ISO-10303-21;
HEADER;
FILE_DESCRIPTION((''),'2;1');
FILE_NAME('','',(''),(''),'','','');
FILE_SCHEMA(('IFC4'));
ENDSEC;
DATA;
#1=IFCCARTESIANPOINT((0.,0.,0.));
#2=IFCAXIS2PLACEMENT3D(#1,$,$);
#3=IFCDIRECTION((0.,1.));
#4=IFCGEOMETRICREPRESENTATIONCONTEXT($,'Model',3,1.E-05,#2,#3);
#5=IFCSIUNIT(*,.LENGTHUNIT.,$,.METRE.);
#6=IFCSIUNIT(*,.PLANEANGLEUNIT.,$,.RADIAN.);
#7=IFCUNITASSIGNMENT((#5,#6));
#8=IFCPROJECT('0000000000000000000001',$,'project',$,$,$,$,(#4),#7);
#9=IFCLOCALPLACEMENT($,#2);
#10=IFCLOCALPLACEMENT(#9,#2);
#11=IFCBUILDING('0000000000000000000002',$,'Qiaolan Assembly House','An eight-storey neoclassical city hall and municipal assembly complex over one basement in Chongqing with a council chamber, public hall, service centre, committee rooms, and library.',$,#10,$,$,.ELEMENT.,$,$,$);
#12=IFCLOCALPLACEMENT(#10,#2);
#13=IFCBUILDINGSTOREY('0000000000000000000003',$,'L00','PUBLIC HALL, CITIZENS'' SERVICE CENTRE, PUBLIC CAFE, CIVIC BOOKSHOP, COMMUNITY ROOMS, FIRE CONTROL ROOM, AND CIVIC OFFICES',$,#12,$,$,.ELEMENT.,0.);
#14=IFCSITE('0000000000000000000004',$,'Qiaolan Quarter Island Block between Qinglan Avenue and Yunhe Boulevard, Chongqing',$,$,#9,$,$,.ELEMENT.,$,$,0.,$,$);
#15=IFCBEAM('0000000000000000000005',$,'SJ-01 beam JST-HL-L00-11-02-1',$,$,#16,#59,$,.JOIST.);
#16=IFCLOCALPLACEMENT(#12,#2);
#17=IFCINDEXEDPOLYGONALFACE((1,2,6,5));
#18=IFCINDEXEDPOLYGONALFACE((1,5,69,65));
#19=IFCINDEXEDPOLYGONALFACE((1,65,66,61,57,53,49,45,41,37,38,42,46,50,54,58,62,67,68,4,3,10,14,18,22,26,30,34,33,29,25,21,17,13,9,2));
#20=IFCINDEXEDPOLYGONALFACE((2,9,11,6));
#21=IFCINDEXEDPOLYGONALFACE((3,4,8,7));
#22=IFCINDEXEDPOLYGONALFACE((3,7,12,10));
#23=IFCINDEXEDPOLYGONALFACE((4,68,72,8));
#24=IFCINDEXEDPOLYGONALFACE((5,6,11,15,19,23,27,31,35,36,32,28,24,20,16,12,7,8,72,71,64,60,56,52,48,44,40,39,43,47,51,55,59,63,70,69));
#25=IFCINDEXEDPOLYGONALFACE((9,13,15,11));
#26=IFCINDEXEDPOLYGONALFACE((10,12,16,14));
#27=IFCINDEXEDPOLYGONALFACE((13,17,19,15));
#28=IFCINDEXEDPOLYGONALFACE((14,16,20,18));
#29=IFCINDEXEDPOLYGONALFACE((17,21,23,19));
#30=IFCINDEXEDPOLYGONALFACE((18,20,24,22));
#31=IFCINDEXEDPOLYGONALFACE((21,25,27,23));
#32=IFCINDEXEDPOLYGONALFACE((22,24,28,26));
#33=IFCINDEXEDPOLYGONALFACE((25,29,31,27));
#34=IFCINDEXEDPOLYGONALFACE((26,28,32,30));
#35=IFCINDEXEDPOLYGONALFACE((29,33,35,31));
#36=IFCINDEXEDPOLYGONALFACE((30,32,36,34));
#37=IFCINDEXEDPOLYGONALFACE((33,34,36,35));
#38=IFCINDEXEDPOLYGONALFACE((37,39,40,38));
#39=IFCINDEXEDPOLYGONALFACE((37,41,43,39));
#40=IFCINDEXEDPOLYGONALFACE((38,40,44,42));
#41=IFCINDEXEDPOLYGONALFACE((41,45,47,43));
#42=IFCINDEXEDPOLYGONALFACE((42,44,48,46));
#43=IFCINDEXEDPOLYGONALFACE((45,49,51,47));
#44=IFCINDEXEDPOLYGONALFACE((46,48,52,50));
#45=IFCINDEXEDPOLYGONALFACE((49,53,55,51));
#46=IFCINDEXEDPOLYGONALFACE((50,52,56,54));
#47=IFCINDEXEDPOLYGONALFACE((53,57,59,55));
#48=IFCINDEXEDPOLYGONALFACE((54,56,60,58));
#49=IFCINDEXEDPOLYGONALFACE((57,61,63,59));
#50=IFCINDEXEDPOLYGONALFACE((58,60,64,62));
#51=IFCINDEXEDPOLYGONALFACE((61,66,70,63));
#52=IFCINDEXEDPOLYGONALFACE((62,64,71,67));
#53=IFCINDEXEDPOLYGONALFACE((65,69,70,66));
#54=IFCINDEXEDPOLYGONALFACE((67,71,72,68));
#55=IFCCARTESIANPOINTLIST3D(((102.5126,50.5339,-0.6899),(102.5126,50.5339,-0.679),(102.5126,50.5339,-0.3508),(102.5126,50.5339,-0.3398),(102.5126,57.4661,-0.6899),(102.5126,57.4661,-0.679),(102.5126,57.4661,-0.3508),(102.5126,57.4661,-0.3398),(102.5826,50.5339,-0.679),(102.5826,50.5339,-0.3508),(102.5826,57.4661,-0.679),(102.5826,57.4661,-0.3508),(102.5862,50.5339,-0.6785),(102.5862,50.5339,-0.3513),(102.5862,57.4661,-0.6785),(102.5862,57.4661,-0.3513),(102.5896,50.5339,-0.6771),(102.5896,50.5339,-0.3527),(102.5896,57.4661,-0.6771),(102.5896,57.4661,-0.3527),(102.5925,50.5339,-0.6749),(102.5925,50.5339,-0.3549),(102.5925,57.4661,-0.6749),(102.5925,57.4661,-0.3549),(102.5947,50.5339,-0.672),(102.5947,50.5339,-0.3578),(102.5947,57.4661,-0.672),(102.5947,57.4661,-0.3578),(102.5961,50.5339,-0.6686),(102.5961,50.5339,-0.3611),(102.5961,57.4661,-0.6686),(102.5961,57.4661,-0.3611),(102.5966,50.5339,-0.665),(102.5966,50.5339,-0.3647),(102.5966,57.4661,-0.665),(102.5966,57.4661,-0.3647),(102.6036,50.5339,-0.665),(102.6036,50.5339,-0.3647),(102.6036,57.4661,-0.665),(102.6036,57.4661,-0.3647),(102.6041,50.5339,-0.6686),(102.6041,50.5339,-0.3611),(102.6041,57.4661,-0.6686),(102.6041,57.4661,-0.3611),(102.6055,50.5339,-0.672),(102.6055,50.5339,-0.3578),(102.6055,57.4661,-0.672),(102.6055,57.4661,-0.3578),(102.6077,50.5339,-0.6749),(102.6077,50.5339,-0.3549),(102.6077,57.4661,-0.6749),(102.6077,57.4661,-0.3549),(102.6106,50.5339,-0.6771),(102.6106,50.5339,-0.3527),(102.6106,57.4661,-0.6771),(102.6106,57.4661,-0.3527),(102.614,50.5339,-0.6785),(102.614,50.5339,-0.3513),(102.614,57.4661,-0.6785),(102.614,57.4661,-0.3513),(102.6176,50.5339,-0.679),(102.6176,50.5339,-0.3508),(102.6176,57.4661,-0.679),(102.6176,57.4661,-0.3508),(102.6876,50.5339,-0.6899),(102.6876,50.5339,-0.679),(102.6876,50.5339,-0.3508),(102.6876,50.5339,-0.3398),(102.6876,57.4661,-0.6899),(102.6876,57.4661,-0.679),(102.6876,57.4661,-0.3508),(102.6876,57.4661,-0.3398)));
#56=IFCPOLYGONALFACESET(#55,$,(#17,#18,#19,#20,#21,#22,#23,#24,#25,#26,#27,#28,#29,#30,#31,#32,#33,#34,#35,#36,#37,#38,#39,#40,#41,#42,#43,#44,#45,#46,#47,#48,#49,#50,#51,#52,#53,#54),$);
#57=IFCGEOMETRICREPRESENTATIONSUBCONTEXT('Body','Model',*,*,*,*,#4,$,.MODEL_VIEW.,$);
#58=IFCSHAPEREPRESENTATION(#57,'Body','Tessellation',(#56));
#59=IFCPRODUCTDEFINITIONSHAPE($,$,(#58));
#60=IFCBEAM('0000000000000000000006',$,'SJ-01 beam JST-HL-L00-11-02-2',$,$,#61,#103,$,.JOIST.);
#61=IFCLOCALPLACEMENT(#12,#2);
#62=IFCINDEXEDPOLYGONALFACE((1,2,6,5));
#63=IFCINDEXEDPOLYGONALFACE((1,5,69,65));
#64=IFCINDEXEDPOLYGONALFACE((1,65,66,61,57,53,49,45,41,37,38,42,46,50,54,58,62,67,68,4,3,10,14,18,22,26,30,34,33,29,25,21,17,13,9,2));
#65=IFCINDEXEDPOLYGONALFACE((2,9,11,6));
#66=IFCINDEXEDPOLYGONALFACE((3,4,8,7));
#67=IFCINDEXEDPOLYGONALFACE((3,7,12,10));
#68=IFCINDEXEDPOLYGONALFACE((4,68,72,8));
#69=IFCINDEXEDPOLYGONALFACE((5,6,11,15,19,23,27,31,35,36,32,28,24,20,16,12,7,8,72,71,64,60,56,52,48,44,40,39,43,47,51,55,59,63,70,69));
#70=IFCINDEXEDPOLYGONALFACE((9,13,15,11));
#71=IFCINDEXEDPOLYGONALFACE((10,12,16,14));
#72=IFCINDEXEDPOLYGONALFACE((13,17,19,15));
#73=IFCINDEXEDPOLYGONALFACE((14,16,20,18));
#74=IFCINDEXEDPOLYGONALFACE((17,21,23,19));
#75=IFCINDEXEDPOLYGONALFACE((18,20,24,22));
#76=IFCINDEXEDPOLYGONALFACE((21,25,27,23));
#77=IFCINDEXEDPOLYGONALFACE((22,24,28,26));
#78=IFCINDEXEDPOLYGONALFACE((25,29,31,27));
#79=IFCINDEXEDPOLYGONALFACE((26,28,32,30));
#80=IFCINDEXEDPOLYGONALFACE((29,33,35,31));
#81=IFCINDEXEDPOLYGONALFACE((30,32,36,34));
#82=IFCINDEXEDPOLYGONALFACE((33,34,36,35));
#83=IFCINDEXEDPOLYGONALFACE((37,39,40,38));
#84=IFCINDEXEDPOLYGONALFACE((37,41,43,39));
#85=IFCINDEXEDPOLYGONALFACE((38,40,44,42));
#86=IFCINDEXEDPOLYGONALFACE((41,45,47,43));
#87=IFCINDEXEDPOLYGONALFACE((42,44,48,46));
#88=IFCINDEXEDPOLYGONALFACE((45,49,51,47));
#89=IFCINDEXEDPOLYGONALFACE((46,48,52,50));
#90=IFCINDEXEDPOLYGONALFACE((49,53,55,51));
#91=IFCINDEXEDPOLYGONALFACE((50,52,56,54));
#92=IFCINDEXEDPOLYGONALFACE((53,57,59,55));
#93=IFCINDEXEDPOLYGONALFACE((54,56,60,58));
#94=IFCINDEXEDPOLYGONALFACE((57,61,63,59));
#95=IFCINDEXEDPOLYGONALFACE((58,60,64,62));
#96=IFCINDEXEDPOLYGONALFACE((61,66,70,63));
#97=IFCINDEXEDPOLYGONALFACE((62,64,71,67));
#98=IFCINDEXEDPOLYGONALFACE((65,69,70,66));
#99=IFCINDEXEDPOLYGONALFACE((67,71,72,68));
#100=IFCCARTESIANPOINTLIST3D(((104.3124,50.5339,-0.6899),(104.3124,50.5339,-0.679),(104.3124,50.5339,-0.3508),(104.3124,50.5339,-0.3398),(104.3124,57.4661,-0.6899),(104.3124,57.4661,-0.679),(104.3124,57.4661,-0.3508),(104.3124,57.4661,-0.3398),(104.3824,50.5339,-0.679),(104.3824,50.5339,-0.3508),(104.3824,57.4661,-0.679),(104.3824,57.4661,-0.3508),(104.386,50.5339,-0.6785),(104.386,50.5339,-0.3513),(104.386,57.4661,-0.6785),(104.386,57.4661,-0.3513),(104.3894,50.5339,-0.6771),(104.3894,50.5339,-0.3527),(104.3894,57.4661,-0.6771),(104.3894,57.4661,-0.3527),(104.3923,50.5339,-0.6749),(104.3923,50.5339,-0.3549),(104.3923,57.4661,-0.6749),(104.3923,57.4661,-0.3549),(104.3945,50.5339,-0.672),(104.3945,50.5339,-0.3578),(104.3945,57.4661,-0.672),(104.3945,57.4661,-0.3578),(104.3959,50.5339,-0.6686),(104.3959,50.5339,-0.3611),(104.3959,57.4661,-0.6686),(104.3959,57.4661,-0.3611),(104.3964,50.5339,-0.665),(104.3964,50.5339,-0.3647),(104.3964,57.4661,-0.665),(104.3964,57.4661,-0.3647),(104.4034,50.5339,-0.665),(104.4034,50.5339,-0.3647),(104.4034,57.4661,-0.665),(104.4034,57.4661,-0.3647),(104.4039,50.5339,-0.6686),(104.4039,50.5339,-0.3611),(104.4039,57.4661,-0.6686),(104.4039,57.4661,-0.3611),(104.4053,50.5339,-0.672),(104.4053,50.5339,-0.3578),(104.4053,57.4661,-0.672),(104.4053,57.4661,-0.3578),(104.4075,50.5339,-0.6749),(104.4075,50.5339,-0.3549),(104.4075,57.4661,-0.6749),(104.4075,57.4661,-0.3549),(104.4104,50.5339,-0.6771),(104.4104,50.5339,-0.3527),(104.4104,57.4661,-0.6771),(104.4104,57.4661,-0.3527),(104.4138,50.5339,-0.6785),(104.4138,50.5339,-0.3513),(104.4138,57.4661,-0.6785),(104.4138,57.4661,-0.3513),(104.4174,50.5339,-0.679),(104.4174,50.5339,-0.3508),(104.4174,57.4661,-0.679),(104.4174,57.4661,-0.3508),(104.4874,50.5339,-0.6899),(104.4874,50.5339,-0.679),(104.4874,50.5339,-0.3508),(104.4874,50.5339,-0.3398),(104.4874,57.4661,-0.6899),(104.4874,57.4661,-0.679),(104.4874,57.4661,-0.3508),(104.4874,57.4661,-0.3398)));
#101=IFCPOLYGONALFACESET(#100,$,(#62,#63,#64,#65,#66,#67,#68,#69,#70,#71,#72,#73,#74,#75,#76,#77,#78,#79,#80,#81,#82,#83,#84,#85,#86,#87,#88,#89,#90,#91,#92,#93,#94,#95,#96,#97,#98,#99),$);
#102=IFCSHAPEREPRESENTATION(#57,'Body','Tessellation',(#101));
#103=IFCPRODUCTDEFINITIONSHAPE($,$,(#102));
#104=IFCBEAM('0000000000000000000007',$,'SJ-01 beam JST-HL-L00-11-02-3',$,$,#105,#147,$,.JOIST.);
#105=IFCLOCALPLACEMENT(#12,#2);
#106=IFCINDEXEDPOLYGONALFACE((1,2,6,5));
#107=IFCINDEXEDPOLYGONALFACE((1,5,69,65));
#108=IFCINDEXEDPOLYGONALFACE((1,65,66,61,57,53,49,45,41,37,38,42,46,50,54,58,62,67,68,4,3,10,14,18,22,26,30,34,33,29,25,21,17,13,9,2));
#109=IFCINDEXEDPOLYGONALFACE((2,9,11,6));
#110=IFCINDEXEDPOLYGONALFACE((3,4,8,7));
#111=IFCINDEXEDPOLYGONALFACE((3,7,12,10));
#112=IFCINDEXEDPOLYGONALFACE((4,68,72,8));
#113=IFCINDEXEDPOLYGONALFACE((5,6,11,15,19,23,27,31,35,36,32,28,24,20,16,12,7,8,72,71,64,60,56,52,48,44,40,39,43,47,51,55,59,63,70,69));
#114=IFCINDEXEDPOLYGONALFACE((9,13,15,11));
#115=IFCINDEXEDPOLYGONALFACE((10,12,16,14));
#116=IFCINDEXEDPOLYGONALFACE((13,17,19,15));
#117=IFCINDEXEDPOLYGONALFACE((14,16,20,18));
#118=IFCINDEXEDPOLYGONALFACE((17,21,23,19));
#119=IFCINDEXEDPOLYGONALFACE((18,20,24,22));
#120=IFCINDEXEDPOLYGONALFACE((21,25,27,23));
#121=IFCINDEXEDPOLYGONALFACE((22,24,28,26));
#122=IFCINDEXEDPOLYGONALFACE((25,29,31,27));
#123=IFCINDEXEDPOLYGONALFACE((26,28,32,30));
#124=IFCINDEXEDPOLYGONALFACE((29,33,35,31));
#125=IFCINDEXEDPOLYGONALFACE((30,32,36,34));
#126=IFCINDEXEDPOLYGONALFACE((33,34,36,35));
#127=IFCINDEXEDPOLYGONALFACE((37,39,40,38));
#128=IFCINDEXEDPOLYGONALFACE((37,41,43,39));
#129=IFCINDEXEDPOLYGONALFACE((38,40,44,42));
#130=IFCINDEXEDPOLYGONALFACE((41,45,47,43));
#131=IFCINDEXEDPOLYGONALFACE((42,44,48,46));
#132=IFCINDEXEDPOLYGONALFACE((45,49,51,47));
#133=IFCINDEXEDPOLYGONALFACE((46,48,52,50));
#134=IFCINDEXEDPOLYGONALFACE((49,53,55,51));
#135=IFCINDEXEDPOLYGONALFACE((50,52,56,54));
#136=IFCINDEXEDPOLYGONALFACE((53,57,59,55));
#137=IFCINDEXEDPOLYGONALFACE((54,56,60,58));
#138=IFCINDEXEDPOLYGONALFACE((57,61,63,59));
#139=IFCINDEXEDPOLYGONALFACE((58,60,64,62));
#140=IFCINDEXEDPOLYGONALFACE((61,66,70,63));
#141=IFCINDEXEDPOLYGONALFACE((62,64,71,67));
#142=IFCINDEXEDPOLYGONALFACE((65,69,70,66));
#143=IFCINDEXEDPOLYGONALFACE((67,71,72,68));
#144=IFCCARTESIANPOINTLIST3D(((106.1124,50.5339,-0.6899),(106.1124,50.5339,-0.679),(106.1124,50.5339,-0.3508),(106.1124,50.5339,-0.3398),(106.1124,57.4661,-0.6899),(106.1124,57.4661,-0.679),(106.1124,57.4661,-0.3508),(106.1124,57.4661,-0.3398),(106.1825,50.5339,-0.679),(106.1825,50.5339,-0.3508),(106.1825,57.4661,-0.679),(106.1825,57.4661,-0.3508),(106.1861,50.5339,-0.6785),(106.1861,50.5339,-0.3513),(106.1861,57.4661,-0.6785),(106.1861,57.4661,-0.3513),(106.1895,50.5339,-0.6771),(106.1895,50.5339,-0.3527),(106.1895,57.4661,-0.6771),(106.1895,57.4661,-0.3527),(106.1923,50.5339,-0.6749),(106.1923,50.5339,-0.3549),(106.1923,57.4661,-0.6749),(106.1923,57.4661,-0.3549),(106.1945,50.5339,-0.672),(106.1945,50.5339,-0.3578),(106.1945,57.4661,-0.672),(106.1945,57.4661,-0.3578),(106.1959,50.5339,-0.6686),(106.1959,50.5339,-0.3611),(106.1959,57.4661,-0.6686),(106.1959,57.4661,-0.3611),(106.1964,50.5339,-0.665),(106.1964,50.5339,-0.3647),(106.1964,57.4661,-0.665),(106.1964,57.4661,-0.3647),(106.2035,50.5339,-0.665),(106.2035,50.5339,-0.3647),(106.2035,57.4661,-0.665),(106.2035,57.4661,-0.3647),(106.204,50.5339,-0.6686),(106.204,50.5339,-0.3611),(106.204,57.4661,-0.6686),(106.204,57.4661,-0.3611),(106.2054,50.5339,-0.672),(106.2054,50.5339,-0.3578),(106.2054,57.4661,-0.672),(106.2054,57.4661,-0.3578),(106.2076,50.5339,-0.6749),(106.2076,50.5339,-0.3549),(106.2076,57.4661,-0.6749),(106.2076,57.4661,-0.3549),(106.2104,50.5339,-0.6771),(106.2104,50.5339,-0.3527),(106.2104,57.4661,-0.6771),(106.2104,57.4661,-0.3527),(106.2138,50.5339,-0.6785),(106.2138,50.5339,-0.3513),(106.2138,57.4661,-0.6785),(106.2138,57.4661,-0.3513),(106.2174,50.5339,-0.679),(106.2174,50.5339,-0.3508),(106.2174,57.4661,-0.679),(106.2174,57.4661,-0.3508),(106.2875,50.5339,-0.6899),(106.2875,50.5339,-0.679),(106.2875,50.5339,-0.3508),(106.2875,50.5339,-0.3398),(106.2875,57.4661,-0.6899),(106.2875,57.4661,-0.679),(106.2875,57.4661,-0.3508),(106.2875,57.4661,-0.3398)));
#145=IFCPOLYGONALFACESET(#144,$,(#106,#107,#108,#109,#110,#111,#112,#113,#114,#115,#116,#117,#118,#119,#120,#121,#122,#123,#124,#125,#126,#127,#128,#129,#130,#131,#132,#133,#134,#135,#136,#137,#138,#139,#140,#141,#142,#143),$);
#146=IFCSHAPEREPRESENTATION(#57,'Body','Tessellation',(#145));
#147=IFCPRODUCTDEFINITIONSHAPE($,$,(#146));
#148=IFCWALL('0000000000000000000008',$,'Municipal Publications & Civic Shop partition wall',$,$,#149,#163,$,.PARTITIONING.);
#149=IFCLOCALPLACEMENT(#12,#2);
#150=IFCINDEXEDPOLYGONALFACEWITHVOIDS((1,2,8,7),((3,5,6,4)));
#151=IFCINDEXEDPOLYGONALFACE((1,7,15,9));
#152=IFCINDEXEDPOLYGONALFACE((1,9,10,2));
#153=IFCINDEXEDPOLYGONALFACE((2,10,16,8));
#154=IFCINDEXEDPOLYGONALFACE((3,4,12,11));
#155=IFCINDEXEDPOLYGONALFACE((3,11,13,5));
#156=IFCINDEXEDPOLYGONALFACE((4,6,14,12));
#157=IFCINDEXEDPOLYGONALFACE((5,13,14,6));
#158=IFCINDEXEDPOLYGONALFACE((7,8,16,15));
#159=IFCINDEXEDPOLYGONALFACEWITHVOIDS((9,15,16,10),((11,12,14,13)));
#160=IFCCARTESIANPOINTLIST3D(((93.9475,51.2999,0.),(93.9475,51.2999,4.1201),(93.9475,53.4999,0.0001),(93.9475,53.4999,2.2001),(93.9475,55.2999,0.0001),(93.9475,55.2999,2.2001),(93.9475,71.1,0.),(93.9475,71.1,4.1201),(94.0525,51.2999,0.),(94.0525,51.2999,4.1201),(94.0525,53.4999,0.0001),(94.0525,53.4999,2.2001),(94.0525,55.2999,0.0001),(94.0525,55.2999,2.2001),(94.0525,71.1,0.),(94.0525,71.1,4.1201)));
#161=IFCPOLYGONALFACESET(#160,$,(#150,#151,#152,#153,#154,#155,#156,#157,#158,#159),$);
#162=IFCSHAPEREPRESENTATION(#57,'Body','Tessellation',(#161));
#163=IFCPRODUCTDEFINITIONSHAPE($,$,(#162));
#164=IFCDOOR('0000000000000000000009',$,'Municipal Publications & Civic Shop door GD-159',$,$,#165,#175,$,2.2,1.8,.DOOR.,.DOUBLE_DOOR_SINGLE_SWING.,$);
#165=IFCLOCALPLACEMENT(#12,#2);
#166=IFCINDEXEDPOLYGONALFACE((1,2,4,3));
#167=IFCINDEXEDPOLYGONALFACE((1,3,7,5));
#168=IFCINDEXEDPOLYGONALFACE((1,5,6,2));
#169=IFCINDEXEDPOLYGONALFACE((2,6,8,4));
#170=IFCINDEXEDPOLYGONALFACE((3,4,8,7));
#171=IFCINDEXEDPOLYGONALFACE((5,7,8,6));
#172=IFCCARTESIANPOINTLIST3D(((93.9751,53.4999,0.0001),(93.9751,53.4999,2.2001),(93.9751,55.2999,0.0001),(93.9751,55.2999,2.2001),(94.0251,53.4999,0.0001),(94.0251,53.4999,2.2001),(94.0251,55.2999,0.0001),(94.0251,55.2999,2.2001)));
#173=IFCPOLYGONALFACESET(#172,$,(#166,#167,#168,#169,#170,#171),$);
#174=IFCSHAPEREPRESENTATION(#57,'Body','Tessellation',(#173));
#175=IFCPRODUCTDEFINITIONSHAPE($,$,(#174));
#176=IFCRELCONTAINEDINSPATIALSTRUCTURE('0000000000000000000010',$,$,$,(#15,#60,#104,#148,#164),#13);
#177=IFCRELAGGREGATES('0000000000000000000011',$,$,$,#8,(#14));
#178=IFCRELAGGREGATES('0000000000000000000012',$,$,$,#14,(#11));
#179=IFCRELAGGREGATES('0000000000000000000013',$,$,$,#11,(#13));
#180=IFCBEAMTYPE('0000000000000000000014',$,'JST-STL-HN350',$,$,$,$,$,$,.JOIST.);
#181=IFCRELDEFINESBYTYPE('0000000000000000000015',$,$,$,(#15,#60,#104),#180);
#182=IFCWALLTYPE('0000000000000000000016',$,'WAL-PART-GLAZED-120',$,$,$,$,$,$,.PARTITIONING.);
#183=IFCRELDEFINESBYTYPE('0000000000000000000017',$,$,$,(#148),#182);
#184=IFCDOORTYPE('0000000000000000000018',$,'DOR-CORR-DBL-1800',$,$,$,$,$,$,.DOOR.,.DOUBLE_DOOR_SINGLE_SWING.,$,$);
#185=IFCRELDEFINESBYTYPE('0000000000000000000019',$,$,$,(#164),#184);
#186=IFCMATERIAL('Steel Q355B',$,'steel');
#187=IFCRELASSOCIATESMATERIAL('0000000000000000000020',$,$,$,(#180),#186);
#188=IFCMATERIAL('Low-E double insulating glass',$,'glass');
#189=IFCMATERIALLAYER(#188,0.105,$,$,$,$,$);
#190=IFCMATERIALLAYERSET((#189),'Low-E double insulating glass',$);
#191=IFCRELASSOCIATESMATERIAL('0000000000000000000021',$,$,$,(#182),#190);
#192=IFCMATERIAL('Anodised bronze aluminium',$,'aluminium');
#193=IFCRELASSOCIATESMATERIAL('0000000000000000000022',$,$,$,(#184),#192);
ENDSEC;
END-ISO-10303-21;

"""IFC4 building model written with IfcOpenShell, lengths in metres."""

from ifc_helpers import new_model, si_unit, direction, frame, frame_2d, origin, origin_2d, place, context, subcontext, project, spatial, rectangle, i_section, extrude, material, layer, layer_set, material_profile, profile_set, type_object, element, fill, save


model = new_model("IFC4")

# Units and contexts
model_context = context("Model", 3, precision=1e-05, world=origin(), true_north=direction((0.0, 1.0)))
body_context = subcontext(model_context, "Body", "Model", "MODEL_VIEW")
ifc_project = project(units=[si_unit("LENGTHUNIT", "METRE"), si_unit("PLANEANGLEUNIT", "RADIAN")], contexts=[model_context])

# Site, building, storey
site_placement = place(None, origin())
site = spatial("IfcSite", under=ifc_project, at=site_placement, Name="Qiaolan Quarter Island Block between Qinglan Avenue and Yunhe Boulevard, Chongqing", CompositionType="ELEMENT", RefElevation=0.0)
building_placement = place(site_placement, origin())
building = spatial("IfcBuilding", under=site, at=building_placement, Name="Qiaolan Assembly House", Description="An eight-storey neoclassical city hall and municipal assembly complex over one basement in Chongqing with a council chamber, public hall, service centre, committee rooms, and library.", CompositionType="ELEMENT")
storey_placement = place(building_placement, origin())
storey = spatial("IfcBuildingStorey", under=building, at=storey_placement, Name="L00", Description="PUBLIC HALL, CITIZENS' SERVICE CENTRE, PUBLIC CAFE, CIVIC BOOKSHOP, COMMUNITY ROOMS, FIRE CONTROL ROOM, AND CIVIC OFFICES", CompositionType="ELEMENT", Elevation=0.0)

# Shared definitions
ifc_material_1 = material(Name="Steel Q355B", Category="steel")

# Shared definitions
ifc_material_2 = material(Name="Anodised bronze aluminium", Category="aluminium")

# Beams
ifc_material_profile_1 = material_profile(ifc_material_1, i_section(OverallWidth=0.175, OverallDepth=0.3501, WebThickness=0.0071, FlangeThickness=0.011, FilletRadius=0.0139, at=origin_2d()), Name="HN 350x175x7x11")
ifc_profile_set_1 = profile_set([ifc_material_profile_1], Name="Steel Q355B")
beam_type_1 = type_object("IfcBeamType", Name="JST-STL-HN350", PredefinedType="JOIST", material=ifc_profile_set_1)
for number, where, z_axis, x_axis, name in (
    (1, (102.6001, 50.5339, -0.5149), (0.0, 1.0, 0.0), (-1.0, 0.0, 0.0), "SJ-01 beam JST-HL-L00-11-02-1"),
    (2, (104.3999, 50.5339, -0.5149), (0.0, 1.0, 0.0), (-1.0, 0.0, 0.0), "SJ-01 beam JST-HL-L00-11-02-2"),
    (3, (106.2, 50.5339, -0.5149), (0.0, 1.0, 0.0), (-1.0, 0.0, 0.0), "SJ-01 beam JST-HL-L00-11-02-3"),
):
    element("IfcBeam", number, at=place(storey_placement, frame(where, z_axis=z_axis, x_axis=x_axis)), inside=storey, type_object=beam_type_1, Name=name, PredefinedType="JOIST", context=body_context, shape_type="SweptSolid", body=[
        extrude(i_section(OverallWidth=0.175, OverallDepth=0.3501, WebThickness=0.0071, FlangeThickness=0.011, FilletRadius=0.0139, at=origin_2d()), origin(), (0.0, 0.0, 1.0), 6.9321),
    ])

# Wall, opening, door
ifc_material_3 = material(Name="Low-E double insulating glass", Category="glass")
ifc_layer = layer(ifc_material_3, 0.105)
ifc_layer_set = layer_set([ifc_layer], Name="Low-E double insulating glass")
wall_type = type_object("IfcWallType", Name="WAL-PART-GLAZED-120", PredefinedType="PARTITIONING", material=ifc_layer_set)
wall_placement = place(storey_placement, frame((94.0, 51.3, 0.0), z_axis=(0.0, 0.0, 1.0), x_axis=(0.0, 1.0, 0.0)))
wall = element("IfcWall", 4, at=wall_placement, inside=storey, type_object=wall_type, Name="Municipal Publications & Civic Shop partition wall", PredefinedType="PARTITIONING", context=body_context, shape_type="SweptSolid", body=[
    extrude(rectangle(XDim=19.8, YDim=0.105, at=frame_2d((9.8999, 0.0))), origin(), (0.0, 0.0, 1.0), 4.1201),
])
opening_placement = place(wall_placement, frame((2.2, 0.0, 0.0)))
opening = element("IfcOpeningElement", 5, at=opening_placement, cuts=wall, PredefinedType="OPENING", context=body_context, shape_type="SweptSolid", body=[
    extrude(rectangle(XDim=1.8, YDim=2.2, at=frame_2d((0.8999, 1.1001))), frame((0.0, 0.0625, 0.0), z_axis=(0.0, -1.0, 0.0), x_axis=(1.0, 0.0, 0.0)), (0.0, 0.0, 1.0), 0.125),
])
door_type = type_object("IfcDoorType", Name="DOR-CORR-DBL-1800", OperationType="DOUBLE_DOOR_SINGLE_SWING", PredefinedType="DOOR", material=ifc_material_2)
door_placement = place(opening_placement, origin())
door = element("IfcDoor", 6, at=door_placement, inside=storey, type_object=door_type, Name="Municipal Publications & Civic Shop door GD-159", OperationType="DOUBLE_DOOR_SINGLE_SWING", OverallHeight=2.2, OverallWidth=1.8, PredefinedType="DOOR", context=body_context, shape_type="SweptSolid", body=[
    extrude(rectangle(XDim=1.8, YDim=2.2, at=frame_2d((0.8999, 1.1001))), frame((0.0, 0.0249, 0.0), z_axis=(0.0, -1.0, 0.0), x_axis=(1.0, 0.0, 0.0)), (0.0, 0.0, 1.0), 0.05),
])
fill(opening, door)

save(model, "model.ifc")
